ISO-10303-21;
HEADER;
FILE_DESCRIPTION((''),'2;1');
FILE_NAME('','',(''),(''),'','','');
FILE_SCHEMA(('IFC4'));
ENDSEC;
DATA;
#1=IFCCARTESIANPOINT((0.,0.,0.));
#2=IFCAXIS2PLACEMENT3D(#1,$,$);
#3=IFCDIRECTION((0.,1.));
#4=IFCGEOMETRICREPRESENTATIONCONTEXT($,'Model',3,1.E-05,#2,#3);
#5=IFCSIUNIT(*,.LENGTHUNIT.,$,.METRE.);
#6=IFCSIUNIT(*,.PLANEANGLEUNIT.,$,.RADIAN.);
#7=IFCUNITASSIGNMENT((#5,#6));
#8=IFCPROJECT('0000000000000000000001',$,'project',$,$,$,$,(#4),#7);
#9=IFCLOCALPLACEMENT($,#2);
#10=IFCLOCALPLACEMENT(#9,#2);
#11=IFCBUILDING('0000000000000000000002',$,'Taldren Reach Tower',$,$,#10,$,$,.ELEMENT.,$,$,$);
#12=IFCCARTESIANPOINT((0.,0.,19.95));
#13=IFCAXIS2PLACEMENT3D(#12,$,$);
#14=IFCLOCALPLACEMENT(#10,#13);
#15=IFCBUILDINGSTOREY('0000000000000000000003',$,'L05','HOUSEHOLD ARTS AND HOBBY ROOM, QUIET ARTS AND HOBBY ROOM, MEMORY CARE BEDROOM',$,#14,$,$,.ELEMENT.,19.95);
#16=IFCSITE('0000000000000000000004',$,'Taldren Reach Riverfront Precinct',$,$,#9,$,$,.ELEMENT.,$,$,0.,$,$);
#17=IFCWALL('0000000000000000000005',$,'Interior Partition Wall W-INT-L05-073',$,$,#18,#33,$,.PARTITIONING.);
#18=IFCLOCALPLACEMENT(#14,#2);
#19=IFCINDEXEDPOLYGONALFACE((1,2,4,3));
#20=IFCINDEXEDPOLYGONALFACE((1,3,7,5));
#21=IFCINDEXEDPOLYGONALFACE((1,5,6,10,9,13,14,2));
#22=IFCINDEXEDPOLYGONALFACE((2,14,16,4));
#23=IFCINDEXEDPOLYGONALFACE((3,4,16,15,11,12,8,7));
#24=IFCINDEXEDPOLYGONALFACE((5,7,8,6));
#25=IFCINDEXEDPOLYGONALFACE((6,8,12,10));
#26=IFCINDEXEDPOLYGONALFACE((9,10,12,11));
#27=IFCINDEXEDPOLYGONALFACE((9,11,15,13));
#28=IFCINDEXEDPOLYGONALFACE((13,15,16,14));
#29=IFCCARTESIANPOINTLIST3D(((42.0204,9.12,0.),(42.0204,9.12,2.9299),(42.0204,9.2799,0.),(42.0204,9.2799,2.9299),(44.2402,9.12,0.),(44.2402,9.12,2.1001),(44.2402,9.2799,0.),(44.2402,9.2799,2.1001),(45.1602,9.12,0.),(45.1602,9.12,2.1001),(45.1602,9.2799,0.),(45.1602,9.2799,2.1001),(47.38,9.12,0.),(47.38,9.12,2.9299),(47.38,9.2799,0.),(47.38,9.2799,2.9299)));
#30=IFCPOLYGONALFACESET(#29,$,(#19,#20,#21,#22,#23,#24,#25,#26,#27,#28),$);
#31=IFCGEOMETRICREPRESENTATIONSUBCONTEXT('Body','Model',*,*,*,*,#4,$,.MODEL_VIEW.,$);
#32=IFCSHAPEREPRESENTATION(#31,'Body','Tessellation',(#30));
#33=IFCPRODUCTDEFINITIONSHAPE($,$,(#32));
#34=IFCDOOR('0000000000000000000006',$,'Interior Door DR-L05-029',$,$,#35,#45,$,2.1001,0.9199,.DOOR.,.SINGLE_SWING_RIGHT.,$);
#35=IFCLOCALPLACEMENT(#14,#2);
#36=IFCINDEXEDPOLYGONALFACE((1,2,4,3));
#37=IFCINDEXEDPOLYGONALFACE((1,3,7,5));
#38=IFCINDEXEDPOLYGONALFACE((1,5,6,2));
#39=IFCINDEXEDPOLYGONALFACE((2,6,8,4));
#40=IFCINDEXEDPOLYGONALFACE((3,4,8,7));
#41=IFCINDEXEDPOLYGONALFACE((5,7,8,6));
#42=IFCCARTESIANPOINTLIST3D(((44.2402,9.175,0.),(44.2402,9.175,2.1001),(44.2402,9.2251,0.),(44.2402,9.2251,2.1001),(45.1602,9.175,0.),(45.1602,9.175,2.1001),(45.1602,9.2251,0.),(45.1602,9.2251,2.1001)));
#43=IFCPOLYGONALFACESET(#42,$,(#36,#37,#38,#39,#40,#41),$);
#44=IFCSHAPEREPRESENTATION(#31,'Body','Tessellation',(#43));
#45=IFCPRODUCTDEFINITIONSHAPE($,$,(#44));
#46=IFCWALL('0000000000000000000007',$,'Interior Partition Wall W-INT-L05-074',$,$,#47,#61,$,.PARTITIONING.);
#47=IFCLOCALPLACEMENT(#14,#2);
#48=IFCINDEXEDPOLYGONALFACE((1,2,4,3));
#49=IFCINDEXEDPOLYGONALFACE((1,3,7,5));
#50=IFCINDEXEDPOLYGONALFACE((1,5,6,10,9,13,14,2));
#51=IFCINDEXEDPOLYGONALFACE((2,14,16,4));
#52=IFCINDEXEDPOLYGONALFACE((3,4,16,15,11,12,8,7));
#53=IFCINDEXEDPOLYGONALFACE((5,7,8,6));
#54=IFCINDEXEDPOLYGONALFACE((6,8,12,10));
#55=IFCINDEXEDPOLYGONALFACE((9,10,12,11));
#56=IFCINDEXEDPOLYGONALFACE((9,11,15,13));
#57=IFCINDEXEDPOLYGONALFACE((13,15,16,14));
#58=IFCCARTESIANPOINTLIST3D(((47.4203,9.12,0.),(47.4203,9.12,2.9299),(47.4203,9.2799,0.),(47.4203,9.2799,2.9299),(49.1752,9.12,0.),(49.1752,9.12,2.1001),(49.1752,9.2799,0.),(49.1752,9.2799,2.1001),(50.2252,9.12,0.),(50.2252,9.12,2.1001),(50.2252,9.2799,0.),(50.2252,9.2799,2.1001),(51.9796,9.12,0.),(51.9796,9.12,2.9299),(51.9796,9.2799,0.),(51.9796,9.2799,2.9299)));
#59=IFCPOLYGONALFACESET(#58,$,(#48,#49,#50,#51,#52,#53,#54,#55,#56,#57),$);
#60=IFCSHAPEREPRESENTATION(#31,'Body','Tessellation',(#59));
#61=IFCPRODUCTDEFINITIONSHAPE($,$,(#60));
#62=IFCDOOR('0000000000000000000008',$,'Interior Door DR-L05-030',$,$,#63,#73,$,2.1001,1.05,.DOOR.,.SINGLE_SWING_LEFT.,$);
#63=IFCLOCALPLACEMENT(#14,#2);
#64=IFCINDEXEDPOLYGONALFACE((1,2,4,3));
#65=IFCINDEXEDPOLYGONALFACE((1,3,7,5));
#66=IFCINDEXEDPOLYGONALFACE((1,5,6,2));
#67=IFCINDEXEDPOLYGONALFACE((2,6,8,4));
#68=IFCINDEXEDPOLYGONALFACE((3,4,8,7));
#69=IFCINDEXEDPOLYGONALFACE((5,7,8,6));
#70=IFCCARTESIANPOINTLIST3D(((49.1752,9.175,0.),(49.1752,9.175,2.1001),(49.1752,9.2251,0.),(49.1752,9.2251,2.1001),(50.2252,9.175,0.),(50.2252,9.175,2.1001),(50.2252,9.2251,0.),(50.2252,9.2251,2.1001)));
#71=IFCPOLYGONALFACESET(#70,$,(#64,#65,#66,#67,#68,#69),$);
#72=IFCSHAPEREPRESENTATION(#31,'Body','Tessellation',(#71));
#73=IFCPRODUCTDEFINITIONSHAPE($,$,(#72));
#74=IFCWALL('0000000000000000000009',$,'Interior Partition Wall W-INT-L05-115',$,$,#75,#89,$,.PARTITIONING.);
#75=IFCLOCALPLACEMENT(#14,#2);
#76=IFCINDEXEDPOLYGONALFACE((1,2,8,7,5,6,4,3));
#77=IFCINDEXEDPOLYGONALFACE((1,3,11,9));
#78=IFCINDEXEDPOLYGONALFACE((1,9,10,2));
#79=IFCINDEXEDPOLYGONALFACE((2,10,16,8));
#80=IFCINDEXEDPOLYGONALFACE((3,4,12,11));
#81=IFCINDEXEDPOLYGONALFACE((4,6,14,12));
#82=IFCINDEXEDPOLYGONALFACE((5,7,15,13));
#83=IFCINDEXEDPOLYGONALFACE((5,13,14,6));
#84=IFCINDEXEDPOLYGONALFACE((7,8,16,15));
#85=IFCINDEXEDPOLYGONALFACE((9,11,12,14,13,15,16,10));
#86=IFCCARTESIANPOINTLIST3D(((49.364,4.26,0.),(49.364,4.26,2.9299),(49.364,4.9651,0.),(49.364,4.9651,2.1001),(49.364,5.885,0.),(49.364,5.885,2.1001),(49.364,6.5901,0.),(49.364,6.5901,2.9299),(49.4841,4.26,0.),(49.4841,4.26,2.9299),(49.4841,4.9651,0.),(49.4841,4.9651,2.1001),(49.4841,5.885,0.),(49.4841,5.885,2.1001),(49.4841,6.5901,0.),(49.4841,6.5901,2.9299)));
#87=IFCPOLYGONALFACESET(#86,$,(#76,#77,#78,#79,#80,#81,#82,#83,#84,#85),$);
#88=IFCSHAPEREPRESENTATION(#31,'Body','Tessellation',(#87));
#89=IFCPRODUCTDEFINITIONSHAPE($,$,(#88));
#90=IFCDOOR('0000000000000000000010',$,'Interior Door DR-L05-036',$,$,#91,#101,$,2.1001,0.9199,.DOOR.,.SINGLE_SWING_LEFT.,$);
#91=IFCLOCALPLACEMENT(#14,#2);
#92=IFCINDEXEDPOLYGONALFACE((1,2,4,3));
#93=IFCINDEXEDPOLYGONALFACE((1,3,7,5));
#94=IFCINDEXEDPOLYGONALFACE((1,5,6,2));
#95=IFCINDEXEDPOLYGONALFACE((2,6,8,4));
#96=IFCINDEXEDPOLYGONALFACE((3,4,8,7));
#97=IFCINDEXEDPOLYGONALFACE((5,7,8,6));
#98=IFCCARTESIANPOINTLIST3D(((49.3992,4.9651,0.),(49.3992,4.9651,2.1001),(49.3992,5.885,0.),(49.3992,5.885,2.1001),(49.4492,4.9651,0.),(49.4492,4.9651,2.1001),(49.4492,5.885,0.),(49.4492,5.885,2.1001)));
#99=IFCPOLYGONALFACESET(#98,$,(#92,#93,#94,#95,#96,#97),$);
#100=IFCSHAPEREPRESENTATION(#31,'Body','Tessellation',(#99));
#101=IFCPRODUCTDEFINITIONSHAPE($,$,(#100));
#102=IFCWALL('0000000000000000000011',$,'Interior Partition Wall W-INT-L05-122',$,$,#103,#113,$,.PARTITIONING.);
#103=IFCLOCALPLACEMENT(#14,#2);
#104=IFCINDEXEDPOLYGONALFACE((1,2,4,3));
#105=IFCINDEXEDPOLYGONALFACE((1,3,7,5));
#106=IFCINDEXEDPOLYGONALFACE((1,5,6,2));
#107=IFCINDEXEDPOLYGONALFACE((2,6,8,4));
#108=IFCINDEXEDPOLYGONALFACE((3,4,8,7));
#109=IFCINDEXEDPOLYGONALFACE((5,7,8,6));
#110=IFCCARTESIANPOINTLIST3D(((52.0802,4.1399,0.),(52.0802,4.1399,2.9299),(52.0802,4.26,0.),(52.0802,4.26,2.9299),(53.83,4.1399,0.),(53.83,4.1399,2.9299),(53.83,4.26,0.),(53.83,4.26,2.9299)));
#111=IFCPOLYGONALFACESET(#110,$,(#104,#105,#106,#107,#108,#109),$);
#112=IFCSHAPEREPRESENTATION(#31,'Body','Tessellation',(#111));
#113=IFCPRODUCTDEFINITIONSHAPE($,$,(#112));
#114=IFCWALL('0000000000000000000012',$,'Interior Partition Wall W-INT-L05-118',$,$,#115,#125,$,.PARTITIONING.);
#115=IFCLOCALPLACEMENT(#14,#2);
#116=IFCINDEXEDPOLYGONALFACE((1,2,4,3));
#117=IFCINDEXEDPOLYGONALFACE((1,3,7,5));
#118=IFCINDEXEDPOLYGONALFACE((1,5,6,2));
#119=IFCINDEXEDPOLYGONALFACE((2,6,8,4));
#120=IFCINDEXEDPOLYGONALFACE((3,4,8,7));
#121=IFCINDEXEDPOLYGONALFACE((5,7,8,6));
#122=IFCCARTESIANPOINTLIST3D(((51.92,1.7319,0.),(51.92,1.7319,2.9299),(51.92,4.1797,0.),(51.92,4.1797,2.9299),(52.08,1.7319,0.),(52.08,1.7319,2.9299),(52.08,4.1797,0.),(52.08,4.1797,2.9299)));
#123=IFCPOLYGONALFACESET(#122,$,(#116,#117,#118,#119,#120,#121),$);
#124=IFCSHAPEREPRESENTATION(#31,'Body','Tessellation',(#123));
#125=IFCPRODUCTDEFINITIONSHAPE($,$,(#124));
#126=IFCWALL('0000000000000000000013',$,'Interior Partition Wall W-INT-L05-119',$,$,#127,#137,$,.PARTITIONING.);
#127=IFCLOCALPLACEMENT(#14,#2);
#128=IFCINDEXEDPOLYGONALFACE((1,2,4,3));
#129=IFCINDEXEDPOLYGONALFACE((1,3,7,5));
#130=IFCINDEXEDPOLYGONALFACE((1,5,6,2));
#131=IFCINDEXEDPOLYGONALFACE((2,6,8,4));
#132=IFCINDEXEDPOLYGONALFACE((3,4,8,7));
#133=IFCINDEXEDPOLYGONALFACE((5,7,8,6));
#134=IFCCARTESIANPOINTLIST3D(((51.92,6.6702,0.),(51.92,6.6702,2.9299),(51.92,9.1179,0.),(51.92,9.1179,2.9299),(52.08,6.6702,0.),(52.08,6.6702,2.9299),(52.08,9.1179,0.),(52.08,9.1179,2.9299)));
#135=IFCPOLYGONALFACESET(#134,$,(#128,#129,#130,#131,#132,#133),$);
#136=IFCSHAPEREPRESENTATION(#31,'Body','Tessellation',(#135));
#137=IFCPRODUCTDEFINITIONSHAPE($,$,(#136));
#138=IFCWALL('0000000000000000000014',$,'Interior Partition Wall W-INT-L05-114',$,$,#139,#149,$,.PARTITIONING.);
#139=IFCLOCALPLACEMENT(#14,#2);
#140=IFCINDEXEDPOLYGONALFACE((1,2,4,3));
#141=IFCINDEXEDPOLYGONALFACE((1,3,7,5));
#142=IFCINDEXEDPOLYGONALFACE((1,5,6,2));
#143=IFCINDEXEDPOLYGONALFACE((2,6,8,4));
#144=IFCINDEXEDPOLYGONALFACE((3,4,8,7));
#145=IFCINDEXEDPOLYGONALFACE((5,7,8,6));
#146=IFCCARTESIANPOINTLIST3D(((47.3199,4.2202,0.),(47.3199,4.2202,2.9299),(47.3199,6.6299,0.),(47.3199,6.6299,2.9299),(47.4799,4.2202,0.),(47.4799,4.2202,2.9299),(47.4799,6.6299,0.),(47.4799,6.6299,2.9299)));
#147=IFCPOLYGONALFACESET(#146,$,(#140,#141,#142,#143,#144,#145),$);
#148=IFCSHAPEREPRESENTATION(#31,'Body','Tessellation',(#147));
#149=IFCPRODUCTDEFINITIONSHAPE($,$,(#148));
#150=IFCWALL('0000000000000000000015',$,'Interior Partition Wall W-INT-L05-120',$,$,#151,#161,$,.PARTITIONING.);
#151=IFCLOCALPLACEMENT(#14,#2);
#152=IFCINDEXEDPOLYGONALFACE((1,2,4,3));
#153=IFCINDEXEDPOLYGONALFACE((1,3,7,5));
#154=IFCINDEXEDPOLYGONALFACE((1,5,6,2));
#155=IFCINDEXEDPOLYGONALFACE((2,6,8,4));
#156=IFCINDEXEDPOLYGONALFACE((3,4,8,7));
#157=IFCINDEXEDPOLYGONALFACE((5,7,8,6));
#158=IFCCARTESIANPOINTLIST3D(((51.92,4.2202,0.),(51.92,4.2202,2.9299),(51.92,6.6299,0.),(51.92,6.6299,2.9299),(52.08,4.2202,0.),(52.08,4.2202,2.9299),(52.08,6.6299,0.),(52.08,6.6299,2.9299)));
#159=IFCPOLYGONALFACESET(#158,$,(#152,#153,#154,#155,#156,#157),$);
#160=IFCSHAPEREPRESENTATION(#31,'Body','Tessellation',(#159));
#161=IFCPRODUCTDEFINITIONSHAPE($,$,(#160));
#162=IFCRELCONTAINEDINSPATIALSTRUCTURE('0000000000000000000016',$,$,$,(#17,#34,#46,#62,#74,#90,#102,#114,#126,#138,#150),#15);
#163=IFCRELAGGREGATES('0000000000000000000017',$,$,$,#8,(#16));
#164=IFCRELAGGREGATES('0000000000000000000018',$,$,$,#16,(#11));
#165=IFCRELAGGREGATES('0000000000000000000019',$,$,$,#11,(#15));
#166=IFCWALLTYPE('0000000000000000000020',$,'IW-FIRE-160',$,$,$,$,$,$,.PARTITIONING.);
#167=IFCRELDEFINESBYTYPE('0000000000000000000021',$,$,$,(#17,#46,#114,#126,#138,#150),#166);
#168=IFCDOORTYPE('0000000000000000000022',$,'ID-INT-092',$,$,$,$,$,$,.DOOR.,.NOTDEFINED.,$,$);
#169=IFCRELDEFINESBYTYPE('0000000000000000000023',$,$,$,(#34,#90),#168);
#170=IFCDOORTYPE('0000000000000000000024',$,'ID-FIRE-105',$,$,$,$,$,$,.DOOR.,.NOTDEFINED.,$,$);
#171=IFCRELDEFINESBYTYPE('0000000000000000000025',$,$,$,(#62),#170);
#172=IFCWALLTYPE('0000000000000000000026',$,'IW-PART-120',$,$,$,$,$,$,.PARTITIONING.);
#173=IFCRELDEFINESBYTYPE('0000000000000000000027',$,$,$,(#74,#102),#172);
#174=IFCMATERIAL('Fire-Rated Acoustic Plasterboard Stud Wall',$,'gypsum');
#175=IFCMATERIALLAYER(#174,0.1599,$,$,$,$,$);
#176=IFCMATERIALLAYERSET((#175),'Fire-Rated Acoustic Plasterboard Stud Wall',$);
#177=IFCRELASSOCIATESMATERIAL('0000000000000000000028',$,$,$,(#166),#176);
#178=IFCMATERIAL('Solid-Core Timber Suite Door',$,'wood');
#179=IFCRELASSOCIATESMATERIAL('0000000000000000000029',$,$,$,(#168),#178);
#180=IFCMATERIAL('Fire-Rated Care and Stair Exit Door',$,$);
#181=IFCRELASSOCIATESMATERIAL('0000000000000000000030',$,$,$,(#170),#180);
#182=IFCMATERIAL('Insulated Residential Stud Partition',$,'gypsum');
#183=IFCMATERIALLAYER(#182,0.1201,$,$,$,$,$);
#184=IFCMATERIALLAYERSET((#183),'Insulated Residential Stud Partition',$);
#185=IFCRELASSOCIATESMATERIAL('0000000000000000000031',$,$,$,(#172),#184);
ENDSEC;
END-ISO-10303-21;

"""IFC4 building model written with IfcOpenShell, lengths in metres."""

from ifc_helpers import new_model, si_unit, direction, frame, frame_2d, origin, place, context, subcontext, project, spatial, rectangle, extrude, source, transform, mapped, material, layer, layer_set, type_object, element, fill, save


model = new_model("IFC4")

# Units and contexts
model_context = context("Model", 3, precision=1e-05, world=origin(), true_north=direction((0.0, 1.0)))
body_context = subcontext(model_context, "Body", "Model", "MODEL_VIEW")
ifc_project = project(units=[si_unit("LENGTHUNIT", "METRE"), si_unit("PLANEANGLEUNIT", "RADIAN")], contexts=[model_context])

# Site, building, storey
site_placement = place(None, origin())
site = spatial("IfcSite", under=ifc_project, at=site_placement, Name="Taldren Reach Riverfront Precinct", CompositionType="ELEMENT", RefElevation=0.0)
building_placement = place(site_placement, origin())
building = spatial("IfcBuilding", under=site, at=building_placement, Name="Taldren Reach Tower", CompositionType="ELEMENT")
storey_placement = place(building_placement, frame((0.0, 0.0, 19.95)))
storey = spatial("IfcBuildingStorey", under=building, at=storey_placement, Name="L05", Description="HOUSEHOLD ARTS AND HOBBY ROOM, QUIET ARTS AND HOBBY ROOM, MEMORY CARE BEDROOM", CompositionType="ELEMENT", Elevation=19.95)

# Shared definitions
ifc_material_1 = material(Name="Fire-Rated Acoustic Plasterboard Stud Wall", Category="gypsum")
ifc_layer_1 = layer(ifc_material_1, 0.1599)
ifc_layer_set_1 = layer_set([ifc_layer_1], Name="Fire-Rated Acoustic Plasterboard Stud Wall")
wall_type_1 = type_object("IfcWallType", Name="IW-FIRE-160", PredefinedType="PARTITIONING", material=ifc_layer_set_1)

# Walls, openings, doors
shared_shape_1 = source(origin(), body_context, "Body", "SweptSolid", [
    extrude(rectangle(XDim=5.3596, YDim=0.1599, at=frame_2d((2.6797, 0.0))), origin(), (0.0, 0.0, 1.0), 2.9299),
])
wall_1_placement = place(storey_placement, frame((47.3799, 9.2, 0.0), z_axis=(0.0, 0.0, 1.0), x_axis=(-1.0, 0.0, 0.0)))
wall_1 = element("IfcWall", 1, at=wall_1_placement, inside=storey, type_object=wall_type_1, Name="Interior Partition Wall W-INT-L05-073", PredefinedType="PARTITIONING", context=body_context, shape_type="MappedRepresentation", body=[
    mapped(shared_shape_1, transform((0.0, 0.0, 0.0), scale=1.0)),
])
shared_shape_2 = source(origin(), body_context, "Body", "SweptSolid", [
    extrude(rectangle(XDim=0.9199, YDim=2.1001, at=frame_2d((0.46, 1.05))), frame((0.0, 0.0898, 0.0), z_axis=(0.0, -1.0, 0.0), x_axis=(1.0, 0.0, 0.0)), (0.0, 0.0, 1.0), 0.1799),
])
opening_1_placement = place(wall_1_placement, frame((2.2197, 0.0, 0.0)))
opening_1 = element("IfcOpeningElement", 2, at=opening_1_placement, cuts=wall_1, PredefinedType="OPENING", context=body_context, shape_type="MappedRepresentation", body=[
    mapped(shared_shape_2, transform((0.0, 0.0, 0.0), scale=1.0)),
])
ifc_material_2 = material(Name="Solid-Core Timber Suite Door", Category="wood")
door_type_1 = type_object("IfcDoorType", Name="ID-INT-092", OperationType="NOTDEFINED", PredefinedType="DOOR", material=ifc_material_2)
shared_shape_3 = source(origin(), body_context, "Body", "SweptSolid", [
    extrude(rectangle(XDim=0.9199, YDim=2.1001, at=frame_2d((0.46, 1.05))), frame((0.0, 0.0249, 0.0), z_axis=(0.0, -1.0, 0.0), x_axis=(1.0, 0.0, 0.0)), (0.0, 0.0, 1.0), 0.05),
])
door_1_placement = place(opening_1_placement, origin())
door_1 = element("IfcDoor", 3, at=door_1_placement, inside=storey, type_object=door_type_1, Name="Interior Door DR-L05-029", OperationType="SINGLE_SWING_RIGHT", OverallHeight=2.1001, OverallWidth=0.9199, PredefinedType="DOOR", context=body_context, shape_type="MappedRepresentation", body=[
    mapped(shared_shape_3, transform((0.0, 0.0, 0.0), scale=1.0)),
])
fill(opening_1, door_1)
shared_shape_4 = source(origin(), body_context, "Body", "SweptSolid", [
    extrude(rectangle(XDim=4.5593, YDim=0.1599, at=frame_2d((2.2798, 0.0))), origin(), (0.0, 0.0, 1.0), 2.9299),
])
wall_2_placement = place(storey_placement, frame((51.9797, 9.2, 0.0), z_axis=(0.0, 0.0, 1.0), x_axis=(-1.0, 0.0, 0.0)))
wall_2 = element("IfcWall", 4, at=wall_2_placement, inside=storey, type_object=wall_type_1, Name="Interior Partition Wall W-INT-L05-074", PredefinedType="PARTITIONING", context=body_context, shape_type="MappedRepresentation", body=[
    mapped(shared_shape_4, transform((0.0, 0.0, 0.0), scale=1.0)),
])
shared_shape_5 = source(origin(), body_context, "Body", "SweptSolid", [
    extrude(rectangle(XDim=1.05, YDim=2.1001, at=frame_2d((0.5249, 1.05))), frame((0.0, 0.0898, 0.0), z_axis=(0.0, -1.0, 0.0), x_axis=(1.0, 0.0, 0.0)), (0.0, 0.0, 1.0), 0.1799),
])
opening_2_placement = place(wall_2_placement, frame((1.7546, 0.0, 0.0)))
opening_2 = element("IfcOpeningElement", 5, at=opening_2_placement, cuts=wall_2, PredefinedType="OPENING", context=body_context, shape_type="MappedRepresentation", body=[
    mapped(shared_shape_5, transform((0.0, 0.0, 0.0), scale=1.0)),
])
ifc_material_3 = material(Name="Fire-Rated Care and Stair Exit Door")
door_type_2 = type_object("IfcDoorType", Name="ID-FIRE-105", OperationType="NOTDEFINED", PredefinedType="DOOR", material=ifc_material_3)
shared_shape_6 = source(origin(), body_context, "Body", "SweptSolid", [
    extrude(rectangle(XDim=1.05, YDim=2.1001, at=frame_2d((0.5249, 1.05))), frame((0.0, 0.0249, 0.0), z_axis=(0.0, -1.0, 0.0), x_axis=(1.0, 0.0, 0.0)), (0.0, 0.0, 1.0), 0.05),
])
door_2_placement = place(opening_2_placement, origin())
door_2 = element("IfcDoor", 6, at=door_2_placement, inside=storey, type_object=door_type_2, Name="Interior Door DR-L05-030", OperationType="SINGLE_SWING_LEFT", OverallHeight=2.1001, OverallWidth=1.05, PredefinedType="DOOR", context=body_context, shape_type="MappedRepresentation", body=[
    mapped(shared_shape_6, transform((0.0, 0.0, 0.0), scale=1.0)),
])
fill(opening_2, door_2)
ifc_material_4 = material(Name="Insulated Residential Stud Partition", Category="gypsum")
ifc_layer_2 = layer(ifc_material_4, 0.1201)
ifc_layer_set_2 = layer_set([ifc_layer_2], Name="Insulated Residential Stud Partition")
wall_type_2 = type_object("IfcWallType", Name="IW-PART-120", PredefinedType="PARTITIONING", material=ifc_layer_set_2)
shared_shape_7 = source(origin(), body_context, "Body", "SweptSolid", [
    extrude(rectangle(XDim=2.3301, YDim=0.1201, at=frame_2d((1.165, 0.0))), origin(), (0.0, 0.0, 1.0), 2.9299),
])
wall_3_placement = place(storey_placement, frame((49.4241, 4.26, 0.0), z_axis=(0.0, 0.0, 1.0), x_axis=(0.0, 1.0, 0.0)))
wall_3 = element("IfcWall", 7, at=wall_3_placement, inside=storey, type_object=wall_type_2, Name="Interior Partition Wall W-INT-L05-115", PredefinedType="PARTITIONING", context=body_context, shape_type="MappedRepresentation", body=[
    mapped(shared_shape_7, transform((0.0, 0.0, 0.0), scale=1.0)),
])
shared_shape_8 = source(origin(), body_context, "Body", "SweptSolid", [
    extrude(rectangle(XDim=0.9199, YDim=2.1001, at=frame_2d((0.46, 1.05))), frame((0.0, 0.0701, 0.0), z_axis=(0.0, -1.0, 0.0), x_axis=(1.0, 0.0, 0.0)), (0.0, 0.0, 1.0), 0.1401),
])
opening_3_placement = place(wall_3_placement, frame((0.7051, 0.0, 0.0)))
opening_3 = element("IfcOpeningElement", 8, at=opening_3_placement, cuts=wall_3, PredefinedType="OPENING", context=body_context, shape_type="MappedRepresentation", body=[
    mapped(shared_shape_8, transform((0.0, 0.0, 0.0), scale=1.0)),
])
door_3_placement = place(opening_3_placement, origin())
door_3 = element("IfcDoor", 9, at=door_3_placement, inside=storey, type_object=door_type_1, Name="Interior Door DR-L05-036", OperationType="SINGLE_SWING_LEFT", OverallHeight=2.1001, OverallWidth=0.9199, PredefinedType="DOOR", context=body_context, shape_type="MappedRepresentation", body=[
    mapped(shared_shape_3, transform((0.0, 0.0, 0.0), scale=1.0)),
])
fill(opening_3, door_3)

# Walls
shared_shape_9 = source(origin(), body_context, "Body", "SweptSolid", [
    extrude(rectangle(XDim=1.7498, YDim=0.1201, at=frame_2d((0.875, 0.0))), origin(), (0.0, 0.0, 1.0), 2.9299),
])
wall_4_placement = place(storey_placement, frame((52.0801, 4.2, 0.0), z_axis=(0.0, 0.0, 1.0), x_axis=(1.0, 0.0, 0.0)))
element("IfcWall", 10, at=wall_4_placement, inside=storey, type_object=wall_type_2, Name="Interior Partition Wall W-INT-L05-122", PredefinedType="PARTITIONING", context=body_context, shape_type="MappedRepresentation", body=[
    mapped(shared_shape_9, transform((0.0, 0.0, 0.0), scale=1.0)),
])
shared_shape_10 = source(origin(), body_context, "Body", "SweptSolid", [
    extrude(rectangle(XDim=2.4478, YDim=0.1599, at=frame_2d((1.2239, 0.0))), origin(), (0.0, 0.0, 1.0), 2.9299),
])
for number, where, z_axis, x_axis, name in (
    (11, (52.0, 4.1797, 0.0), (0.0, 0.0, 1.0), (0.0, -1.0, 0.0), "Interior Partition Wall W-INT-L05-118"),
    (12, (52.0, 9.1179, 0.0), (0.0, 0.0, 1.0), (0.0, -1.0, 0.0), "Interior Partition Wall W-INT-L05-119"),
):
    element("IfcWall", number, at=place(storey_placement, frame(where, z_axis=z_axis, x_axis=x_axis)), inside=storey, type_object=wall_type_1, Name=name, PredefinedType="PARTITIONING", context=body_context, shape_type="MappedRepresentation", body=[
        mapped(shared_shape_10, transform((0.0, 0.0, 0.0), scale=1.0)),
    ])
shared_shape_11 = source(origin(), body_context, "Body", "SweptSolid", [
    extrude(rectangle(XDim=2.4097, YDim=0.1599, at=frame_2d((1.2048, 0.0))), origin(), (0.0, 0.0, 1.0), 2.9299),
])
for number, where, z_axis, x_axis, name in (
    (13, (47.3999, 6.6299, 0.0), (0.0, 0.0, 1.0), (0.0, -1.0, 0.0), "Interior Partition Wall W-INT-L05-114"),
    (14, (52.0, 6.6299, 0.0), (0.0, 0.0, 1.0), (0.0, -1.0, 0.0), "Interior Partition Wall W-INT-L05-120"),
):
    element("IfcWall", number, at=place(storey_placement, frame(where, z_axis=z_axis, x_axis=x_axis)), inside=storey, type_object=wall_type_1, Name=name, PredefinedType="PARTITIONING", context=body_context, shape_type="MappedRepresentation", body=[
        mapped(shared_shape_11, transform((0.0, 0.0, 0.0), scale=1.0)),
    ])

save(model, "model.ifc")
